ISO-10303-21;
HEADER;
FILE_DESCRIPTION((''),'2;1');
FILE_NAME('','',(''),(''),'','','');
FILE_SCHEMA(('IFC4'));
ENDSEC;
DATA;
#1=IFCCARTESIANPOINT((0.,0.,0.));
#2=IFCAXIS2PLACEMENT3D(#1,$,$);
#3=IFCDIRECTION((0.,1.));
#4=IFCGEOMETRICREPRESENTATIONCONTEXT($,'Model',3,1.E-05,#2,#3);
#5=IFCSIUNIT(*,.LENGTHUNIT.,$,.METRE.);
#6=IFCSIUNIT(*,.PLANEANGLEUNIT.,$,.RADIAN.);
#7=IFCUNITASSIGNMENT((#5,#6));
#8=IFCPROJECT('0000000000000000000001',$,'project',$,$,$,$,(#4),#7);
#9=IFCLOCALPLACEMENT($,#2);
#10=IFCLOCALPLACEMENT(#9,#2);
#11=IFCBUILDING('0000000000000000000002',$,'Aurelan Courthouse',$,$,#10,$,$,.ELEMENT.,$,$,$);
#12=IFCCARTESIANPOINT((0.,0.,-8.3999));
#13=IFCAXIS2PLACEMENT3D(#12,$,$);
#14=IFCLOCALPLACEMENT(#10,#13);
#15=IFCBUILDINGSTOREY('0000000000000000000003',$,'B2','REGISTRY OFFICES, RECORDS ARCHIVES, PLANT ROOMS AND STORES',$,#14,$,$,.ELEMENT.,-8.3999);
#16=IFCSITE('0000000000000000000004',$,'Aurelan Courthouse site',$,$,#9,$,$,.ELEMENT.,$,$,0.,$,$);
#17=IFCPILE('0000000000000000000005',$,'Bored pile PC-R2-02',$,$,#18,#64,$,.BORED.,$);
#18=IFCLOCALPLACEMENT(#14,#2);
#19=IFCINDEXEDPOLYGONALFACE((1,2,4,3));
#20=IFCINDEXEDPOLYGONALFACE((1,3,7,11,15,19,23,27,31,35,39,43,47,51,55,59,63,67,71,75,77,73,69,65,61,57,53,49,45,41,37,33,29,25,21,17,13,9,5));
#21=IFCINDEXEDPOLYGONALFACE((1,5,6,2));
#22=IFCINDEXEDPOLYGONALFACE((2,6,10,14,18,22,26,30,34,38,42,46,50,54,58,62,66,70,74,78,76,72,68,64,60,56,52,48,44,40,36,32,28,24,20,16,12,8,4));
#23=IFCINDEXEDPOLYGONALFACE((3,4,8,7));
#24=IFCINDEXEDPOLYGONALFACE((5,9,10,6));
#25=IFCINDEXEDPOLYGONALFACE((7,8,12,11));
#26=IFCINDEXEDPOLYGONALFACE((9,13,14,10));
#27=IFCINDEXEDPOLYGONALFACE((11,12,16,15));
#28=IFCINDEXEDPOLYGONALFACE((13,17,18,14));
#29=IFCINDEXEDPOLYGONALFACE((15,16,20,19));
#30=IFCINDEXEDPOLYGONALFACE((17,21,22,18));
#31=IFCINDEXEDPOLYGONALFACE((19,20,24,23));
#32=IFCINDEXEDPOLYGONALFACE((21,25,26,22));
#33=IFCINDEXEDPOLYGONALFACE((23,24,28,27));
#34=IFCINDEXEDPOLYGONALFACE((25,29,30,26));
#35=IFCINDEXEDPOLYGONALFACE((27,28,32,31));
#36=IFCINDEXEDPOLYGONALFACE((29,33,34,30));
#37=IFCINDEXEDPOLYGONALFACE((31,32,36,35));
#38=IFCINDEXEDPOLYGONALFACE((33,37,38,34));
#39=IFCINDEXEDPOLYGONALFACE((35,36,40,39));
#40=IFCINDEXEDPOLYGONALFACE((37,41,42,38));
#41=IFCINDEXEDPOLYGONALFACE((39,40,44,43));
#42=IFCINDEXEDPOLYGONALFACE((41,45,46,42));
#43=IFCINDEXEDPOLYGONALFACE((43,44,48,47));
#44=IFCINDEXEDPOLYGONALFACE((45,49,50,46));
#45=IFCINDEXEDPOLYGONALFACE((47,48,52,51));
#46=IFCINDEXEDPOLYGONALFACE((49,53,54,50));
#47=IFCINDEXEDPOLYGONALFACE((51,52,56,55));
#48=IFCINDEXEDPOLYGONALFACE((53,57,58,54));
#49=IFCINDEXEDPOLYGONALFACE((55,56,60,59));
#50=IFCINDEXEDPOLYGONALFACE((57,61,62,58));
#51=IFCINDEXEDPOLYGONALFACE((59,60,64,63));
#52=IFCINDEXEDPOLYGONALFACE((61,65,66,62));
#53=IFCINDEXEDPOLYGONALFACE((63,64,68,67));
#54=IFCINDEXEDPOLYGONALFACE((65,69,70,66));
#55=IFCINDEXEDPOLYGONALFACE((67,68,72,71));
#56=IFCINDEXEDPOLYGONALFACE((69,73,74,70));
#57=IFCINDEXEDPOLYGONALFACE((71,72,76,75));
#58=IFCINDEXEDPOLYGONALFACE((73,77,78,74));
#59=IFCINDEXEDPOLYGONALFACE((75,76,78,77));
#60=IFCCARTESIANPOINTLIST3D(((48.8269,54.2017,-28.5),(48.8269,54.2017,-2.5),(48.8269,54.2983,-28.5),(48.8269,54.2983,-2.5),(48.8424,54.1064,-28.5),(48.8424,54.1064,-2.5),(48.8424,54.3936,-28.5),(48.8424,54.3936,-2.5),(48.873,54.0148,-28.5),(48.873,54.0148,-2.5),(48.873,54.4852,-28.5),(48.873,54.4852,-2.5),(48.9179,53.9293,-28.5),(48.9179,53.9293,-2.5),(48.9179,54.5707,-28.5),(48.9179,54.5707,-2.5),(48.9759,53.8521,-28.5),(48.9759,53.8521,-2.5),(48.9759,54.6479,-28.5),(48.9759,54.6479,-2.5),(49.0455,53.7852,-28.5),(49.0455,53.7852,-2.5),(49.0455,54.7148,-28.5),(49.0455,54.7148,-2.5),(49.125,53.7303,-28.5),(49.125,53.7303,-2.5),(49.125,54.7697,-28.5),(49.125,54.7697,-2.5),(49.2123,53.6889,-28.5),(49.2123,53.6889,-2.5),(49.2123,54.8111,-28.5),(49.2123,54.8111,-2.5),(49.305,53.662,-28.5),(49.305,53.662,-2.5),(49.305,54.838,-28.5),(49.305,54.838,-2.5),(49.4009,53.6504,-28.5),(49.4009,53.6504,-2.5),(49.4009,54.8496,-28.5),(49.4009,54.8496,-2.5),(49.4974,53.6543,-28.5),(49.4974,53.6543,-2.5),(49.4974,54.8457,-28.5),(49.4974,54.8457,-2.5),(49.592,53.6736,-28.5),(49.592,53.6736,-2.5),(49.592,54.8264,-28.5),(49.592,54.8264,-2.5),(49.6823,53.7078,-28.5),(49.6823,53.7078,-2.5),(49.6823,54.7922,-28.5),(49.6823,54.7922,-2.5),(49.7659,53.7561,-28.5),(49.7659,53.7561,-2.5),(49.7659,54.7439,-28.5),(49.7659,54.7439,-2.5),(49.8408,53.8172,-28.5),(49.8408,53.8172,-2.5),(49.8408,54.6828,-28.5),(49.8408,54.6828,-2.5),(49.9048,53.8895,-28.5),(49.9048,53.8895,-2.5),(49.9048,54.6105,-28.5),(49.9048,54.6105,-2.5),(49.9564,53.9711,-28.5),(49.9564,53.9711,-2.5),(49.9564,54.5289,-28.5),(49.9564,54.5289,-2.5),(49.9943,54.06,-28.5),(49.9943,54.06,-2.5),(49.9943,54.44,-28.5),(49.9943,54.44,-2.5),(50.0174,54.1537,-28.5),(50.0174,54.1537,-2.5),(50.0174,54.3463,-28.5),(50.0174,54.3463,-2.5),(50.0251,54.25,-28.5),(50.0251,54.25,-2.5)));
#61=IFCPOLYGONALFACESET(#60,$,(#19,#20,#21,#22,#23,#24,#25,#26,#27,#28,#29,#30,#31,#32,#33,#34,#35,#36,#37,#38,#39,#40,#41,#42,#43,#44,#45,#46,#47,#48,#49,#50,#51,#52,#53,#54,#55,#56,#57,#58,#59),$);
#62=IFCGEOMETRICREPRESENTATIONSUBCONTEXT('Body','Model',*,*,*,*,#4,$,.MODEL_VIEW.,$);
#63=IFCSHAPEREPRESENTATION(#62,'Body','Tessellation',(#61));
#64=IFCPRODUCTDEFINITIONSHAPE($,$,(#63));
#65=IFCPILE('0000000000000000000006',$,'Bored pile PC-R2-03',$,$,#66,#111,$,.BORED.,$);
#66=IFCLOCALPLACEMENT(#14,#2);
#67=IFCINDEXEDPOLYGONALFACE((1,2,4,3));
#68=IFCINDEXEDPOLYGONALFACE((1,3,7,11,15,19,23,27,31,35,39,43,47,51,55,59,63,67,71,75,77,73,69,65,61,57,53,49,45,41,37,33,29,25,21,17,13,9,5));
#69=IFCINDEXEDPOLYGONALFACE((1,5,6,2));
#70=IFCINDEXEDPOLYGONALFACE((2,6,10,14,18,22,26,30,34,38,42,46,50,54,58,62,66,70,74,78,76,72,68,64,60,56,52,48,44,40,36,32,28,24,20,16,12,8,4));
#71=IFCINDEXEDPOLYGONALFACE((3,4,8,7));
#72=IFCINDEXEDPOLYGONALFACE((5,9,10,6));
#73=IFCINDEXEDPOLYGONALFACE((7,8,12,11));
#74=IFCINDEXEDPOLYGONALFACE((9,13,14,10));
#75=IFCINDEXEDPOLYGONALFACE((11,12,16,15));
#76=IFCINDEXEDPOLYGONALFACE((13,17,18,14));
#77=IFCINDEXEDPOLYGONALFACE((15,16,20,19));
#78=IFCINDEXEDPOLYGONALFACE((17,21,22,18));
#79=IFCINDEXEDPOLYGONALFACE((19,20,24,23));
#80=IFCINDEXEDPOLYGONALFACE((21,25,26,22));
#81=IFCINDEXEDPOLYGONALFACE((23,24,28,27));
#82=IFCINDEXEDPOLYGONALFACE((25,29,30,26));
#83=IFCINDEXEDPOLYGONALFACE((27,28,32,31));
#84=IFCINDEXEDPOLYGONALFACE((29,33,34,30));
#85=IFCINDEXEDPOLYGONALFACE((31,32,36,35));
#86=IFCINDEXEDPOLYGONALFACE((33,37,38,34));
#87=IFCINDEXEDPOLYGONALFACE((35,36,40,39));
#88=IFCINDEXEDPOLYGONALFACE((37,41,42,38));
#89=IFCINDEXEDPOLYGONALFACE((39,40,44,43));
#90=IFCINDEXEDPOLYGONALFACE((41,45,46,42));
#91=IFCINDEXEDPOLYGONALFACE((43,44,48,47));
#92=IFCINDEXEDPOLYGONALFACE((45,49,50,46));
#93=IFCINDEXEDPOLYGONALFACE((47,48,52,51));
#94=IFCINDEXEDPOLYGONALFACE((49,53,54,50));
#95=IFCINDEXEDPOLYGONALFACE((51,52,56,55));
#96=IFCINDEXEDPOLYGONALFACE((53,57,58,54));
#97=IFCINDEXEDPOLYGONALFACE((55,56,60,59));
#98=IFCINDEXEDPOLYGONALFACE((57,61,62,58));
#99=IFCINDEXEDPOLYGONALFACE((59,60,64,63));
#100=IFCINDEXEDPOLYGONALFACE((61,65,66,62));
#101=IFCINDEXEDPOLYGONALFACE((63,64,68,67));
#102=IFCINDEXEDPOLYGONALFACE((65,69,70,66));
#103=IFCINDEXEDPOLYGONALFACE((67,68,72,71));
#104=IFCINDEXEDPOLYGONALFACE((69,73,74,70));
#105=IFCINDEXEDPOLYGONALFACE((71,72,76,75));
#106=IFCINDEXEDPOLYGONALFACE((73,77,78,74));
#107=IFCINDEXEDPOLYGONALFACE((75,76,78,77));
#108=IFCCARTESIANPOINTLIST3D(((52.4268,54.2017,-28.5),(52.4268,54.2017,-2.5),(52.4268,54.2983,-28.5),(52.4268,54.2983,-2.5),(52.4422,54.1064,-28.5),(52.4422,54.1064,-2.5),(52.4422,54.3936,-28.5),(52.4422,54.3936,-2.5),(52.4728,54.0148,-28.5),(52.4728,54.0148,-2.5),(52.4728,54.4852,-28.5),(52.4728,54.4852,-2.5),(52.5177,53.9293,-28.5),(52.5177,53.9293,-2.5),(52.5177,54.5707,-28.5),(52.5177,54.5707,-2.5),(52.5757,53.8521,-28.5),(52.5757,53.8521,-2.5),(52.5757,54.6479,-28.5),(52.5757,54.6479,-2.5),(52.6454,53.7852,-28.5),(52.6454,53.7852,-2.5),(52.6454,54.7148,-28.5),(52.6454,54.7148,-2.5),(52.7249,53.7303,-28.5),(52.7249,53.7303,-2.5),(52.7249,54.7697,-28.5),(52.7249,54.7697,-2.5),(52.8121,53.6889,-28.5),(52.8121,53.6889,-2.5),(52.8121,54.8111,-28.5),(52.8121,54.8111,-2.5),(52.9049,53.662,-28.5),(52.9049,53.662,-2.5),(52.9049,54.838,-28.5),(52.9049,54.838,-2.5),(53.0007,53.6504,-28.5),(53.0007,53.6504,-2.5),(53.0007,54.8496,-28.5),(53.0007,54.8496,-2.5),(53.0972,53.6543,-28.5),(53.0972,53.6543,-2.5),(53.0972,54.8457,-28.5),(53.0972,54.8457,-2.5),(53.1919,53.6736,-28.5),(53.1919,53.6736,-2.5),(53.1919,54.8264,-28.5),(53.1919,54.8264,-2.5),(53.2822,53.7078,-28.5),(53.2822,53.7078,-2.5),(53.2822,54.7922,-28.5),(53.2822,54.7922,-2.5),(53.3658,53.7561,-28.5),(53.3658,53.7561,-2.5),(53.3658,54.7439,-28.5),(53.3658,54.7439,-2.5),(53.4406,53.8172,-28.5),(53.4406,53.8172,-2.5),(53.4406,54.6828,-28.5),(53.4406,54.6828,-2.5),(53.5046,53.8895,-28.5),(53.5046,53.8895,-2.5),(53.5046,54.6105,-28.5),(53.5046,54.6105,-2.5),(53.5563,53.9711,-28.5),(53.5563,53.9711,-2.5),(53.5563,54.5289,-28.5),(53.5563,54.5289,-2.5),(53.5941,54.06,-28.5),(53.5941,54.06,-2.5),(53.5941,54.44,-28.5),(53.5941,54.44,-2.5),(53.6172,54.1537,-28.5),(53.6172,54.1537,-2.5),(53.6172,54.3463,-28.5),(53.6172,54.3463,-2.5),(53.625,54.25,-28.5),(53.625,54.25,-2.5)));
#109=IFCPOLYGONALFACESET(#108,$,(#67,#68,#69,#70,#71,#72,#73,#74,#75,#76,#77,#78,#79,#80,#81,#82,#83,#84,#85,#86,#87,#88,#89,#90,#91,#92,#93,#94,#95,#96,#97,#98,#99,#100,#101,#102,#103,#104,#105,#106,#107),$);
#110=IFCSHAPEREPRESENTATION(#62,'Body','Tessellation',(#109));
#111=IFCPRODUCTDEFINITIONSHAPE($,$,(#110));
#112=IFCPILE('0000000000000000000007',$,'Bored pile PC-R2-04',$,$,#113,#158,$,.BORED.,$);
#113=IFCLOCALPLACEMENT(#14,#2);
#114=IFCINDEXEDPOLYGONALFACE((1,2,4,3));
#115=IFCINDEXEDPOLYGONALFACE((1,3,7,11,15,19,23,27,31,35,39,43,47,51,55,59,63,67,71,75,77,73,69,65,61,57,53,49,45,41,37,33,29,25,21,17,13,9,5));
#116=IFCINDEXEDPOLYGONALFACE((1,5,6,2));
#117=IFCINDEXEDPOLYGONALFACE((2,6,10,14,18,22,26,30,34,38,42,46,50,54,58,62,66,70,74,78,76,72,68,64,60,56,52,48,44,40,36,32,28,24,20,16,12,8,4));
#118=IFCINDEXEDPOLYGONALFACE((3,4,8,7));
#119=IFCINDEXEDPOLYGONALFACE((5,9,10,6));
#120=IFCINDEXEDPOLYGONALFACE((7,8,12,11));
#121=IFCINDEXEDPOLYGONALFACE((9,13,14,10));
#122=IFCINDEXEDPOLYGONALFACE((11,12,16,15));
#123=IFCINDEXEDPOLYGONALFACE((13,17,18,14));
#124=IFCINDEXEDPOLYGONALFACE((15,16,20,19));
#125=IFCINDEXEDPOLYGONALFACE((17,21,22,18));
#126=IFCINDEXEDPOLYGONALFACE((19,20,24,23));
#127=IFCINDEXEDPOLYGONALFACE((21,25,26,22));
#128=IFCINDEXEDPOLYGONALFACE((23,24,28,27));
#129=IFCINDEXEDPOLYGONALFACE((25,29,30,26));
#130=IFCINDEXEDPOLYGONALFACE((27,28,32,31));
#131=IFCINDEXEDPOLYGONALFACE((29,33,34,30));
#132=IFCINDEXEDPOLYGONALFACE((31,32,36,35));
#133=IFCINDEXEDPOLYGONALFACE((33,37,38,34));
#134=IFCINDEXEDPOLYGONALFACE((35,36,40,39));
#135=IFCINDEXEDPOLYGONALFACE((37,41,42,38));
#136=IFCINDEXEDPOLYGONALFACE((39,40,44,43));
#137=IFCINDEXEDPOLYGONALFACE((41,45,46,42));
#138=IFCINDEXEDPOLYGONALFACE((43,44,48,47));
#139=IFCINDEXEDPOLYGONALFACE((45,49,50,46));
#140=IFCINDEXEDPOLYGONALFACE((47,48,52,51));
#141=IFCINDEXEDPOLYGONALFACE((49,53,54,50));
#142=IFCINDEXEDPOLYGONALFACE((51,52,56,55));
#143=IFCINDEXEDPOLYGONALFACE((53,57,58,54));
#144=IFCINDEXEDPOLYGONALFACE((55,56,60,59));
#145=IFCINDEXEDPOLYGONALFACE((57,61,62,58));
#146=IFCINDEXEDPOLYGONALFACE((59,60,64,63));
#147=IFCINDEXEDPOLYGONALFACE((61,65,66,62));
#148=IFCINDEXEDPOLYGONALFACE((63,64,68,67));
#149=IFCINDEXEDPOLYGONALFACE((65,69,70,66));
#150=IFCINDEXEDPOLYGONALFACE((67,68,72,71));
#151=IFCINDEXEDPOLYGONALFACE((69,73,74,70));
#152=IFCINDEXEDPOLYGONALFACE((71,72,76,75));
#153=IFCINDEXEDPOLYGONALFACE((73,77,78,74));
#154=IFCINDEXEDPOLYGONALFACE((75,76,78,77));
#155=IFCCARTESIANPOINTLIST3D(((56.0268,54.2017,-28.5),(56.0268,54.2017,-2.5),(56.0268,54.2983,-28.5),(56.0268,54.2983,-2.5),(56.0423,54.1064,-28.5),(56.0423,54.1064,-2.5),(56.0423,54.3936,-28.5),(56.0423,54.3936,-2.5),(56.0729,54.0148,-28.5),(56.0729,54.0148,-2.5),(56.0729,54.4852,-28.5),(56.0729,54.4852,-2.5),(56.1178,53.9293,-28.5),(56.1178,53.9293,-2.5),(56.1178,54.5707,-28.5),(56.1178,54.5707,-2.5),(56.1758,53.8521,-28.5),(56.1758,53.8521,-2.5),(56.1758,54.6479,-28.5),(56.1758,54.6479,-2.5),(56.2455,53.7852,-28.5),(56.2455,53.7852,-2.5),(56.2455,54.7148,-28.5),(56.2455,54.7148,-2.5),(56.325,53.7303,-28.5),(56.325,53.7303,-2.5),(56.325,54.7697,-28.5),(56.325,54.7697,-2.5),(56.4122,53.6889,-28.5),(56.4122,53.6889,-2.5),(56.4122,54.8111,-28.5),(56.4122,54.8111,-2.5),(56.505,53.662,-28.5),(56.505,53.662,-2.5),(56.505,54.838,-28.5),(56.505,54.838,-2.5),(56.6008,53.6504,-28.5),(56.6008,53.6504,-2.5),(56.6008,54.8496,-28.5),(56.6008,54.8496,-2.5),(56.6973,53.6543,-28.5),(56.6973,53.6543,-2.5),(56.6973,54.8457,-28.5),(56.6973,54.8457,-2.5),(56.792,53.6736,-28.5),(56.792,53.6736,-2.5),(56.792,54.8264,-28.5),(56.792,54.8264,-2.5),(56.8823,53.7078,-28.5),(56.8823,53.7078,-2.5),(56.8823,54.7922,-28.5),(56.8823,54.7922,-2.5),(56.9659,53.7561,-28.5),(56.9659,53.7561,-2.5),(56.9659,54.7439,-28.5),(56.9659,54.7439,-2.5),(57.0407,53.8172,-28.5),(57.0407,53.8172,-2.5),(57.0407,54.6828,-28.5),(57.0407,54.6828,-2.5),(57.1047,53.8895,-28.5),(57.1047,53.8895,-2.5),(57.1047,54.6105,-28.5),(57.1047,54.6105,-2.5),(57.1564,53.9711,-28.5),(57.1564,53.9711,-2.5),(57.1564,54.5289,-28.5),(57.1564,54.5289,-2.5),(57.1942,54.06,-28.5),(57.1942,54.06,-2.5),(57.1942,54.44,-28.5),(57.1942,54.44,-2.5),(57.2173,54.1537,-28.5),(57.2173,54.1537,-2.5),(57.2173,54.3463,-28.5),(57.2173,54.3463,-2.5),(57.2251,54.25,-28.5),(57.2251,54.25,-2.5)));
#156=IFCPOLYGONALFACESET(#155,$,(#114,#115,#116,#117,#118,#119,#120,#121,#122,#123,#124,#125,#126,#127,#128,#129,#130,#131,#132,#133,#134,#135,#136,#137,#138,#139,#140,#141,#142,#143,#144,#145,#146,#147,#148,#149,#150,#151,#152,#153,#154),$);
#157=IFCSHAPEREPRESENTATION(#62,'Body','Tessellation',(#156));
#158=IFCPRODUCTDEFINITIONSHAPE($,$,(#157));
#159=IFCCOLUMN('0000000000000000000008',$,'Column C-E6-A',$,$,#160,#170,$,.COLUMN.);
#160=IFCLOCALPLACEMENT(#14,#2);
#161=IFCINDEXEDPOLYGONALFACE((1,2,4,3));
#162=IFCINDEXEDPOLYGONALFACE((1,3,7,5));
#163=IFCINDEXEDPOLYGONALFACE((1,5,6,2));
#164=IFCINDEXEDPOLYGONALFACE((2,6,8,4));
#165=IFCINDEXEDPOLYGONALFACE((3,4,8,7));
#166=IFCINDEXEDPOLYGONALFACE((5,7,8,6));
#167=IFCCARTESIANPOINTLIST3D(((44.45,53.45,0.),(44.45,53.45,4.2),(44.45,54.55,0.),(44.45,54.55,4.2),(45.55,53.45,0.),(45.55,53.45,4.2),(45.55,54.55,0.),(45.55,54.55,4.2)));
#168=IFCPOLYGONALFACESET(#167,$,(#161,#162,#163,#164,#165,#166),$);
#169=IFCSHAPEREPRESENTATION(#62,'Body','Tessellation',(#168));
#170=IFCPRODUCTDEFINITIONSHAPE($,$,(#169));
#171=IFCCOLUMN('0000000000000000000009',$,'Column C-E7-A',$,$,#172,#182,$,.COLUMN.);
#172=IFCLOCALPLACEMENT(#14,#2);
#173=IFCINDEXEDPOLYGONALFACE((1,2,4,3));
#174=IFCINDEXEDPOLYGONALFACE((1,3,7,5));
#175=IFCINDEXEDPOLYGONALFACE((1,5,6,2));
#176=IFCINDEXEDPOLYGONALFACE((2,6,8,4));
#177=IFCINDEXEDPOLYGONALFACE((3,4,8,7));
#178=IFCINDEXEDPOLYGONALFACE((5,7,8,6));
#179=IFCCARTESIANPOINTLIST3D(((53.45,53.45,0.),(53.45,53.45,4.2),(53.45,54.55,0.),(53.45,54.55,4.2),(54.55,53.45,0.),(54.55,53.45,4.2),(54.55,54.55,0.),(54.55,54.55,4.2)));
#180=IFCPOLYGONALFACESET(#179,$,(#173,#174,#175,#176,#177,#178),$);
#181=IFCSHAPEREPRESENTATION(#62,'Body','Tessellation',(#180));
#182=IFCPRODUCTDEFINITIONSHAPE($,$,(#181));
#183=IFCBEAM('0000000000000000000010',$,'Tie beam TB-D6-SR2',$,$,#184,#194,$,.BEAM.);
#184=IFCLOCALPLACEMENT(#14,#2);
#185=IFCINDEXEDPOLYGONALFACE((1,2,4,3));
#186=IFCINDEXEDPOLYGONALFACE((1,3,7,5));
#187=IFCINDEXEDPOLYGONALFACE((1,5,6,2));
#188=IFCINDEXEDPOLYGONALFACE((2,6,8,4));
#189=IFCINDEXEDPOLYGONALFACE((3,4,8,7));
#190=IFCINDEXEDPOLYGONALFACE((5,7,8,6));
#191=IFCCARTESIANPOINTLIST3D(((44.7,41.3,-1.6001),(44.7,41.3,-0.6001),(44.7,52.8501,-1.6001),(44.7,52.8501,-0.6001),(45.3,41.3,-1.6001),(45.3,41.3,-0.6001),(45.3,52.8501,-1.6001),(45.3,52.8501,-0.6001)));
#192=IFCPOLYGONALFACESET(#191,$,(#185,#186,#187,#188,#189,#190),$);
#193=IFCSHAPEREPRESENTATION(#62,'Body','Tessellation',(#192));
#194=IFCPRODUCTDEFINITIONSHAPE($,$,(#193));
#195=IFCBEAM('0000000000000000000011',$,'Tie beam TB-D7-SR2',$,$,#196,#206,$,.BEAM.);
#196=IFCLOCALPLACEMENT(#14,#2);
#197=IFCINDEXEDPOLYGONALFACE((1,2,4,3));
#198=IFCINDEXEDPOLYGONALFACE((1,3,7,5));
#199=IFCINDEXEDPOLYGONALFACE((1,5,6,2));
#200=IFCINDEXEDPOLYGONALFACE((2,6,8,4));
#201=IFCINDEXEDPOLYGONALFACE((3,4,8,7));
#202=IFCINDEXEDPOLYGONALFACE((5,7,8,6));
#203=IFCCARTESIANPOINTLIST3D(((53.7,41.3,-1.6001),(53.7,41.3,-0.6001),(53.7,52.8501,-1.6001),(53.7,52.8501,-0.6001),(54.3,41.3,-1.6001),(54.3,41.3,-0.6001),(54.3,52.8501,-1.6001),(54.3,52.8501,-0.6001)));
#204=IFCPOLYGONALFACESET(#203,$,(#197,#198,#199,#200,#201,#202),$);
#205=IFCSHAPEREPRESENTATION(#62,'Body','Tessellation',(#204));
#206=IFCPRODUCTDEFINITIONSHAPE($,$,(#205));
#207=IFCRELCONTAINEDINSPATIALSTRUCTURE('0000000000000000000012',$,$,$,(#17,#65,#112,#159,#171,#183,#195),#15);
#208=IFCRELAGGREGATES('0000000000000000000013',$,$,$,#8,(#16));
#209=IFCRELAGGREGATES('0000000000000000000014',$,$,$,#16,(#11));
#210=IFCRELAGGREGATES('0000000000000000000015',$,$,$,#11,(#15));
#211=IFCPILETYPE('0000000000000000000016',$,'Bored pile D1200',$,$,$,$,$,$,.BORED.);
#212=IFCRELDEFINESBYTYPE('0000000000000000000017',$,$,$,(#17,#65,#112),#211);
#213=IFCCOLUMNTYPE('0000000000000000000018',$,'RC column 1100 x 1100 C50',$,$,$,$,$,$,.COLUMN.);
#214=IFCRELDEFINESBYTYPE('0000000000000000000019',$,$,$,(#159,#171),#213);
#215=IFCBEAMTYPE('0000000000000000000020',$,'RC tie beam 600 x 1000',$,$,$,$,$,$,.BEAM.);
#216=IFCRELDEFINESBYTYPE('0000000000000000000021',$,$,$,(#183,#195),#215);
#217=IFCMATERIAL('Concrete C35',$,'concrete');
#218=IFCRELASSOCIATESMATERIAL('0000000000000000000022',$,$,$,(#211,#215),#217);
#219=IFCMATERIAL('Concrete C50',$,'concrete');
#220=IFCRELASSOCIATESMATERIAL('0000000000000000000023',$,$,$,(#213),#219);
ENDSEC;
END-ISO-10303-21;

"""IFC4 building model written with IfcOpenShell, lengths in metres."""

from ifc_helpers import new_model, si_unit, direction, frame, origin, origin_2d, place, context, subcontext, project, spatial, rectangle, circle, extrude, material, material_profile, profile_set, type_object, element, save


model = new_model("IFC4")

# Units and contexts
model_context = context("Model", 3, precision=1e-05, world=origin(), true_north=direction((0.0, 1.0)))
body_context = subcontext(model_context, "Body", "Model", "MODEL_VIEW")
ifc_project = project(units=[si_unit("LENGTHUNIT", "METRE"), si_unit("PLANEANGLEUNIT", "RADIAN")], contexts=[model_context])

# Site, building, storey
site_placement = place(None, origin())
site = spatial("IfcSite", under=ifc_project, at=site_placement, Name="Aurelan Courthouse site", CompositionType="ELEMENT", RefElevation=0.0)
building_placement = place(site_placement, origin())
building = spatial("IfcBuilding", under=site, at=building_placement, Name="Aurelan Courthouse", CompositionType="ELEMENT")
storey_placement = place(building_placement, frame((0.0, 0.0, -8.3999)))
storey = spatial("IfcBuildingStorey", under=building, at=storey_placement, Name="B2", Description="REGISTRY OFFICES, RECORDS ARCHIVES, PLANT ROOMS AND STORES", CompositionType="ELEMENT", Elevation=-8.3999)

# Piles
ifc_material_1 = material(Name="Concrete C35", Category="concrete")
ifc_material_profile_1 = material_profile(ifc_material_1, circle(Radius=0.6001, at=origin_2d()), Name="D1200")
ifc_profile_set_1 = profile_set([ifc_material_profile_1], Name="Concrete C35")
pile_type_1 = type_object("IfcPileType", Name="Bored pile D1200", PredefinedType="BORED", material=ifc_profile_set_1)
for number, where, z_axis, x_axis, name in (
    (1, (49.425, 54.25, -2.5), (0.0, 0.0, -1.0), (1.0, 0.0, 0.0), "Bored pile PC-R2-02"),
    (2, (53.0249, 54.25, -2.5), (0.0, 0.0, -1.0), (1.0, 0.0, 0.0), "Bored pile PC-R2-03"),
    (3, (56.625, 54.25, -2.5), (0.0, 0.0, -1.0), (1.0, 0.0, 0.0), "Bored pile PC-R2-04"),
):
    element("IfcPile", number, at=place(storey_placement, frame(where, z_axis=z_axis, x_axis=x_axis)), inside=storey, type_object=pile_type_1, Name=name, PredefinedType="BORED", context=body_context, shape_type="SweptSolid", body=[
        extrude(circle(Radius=0.6001, at=origin_2d()), origin(), (0.0, 0.0, 1.0), 26.0),
    ])

# Columns
ifc_material_2 = material(Name="Concrete C50", Category="concrete")
ifc_material_profile_2 = material_profile(ifc_material_2, rectangle(XDim=1.1001, YDim=1.1001, at=origin_2d()), Name="RC 1100 x 1100")
ifc_profile_set_2 = profile_set([ifc_material_profile_2], Name="Concrete C50")
column_type = type_object("IfcColumnType", Name="RC column 1100 x 1100 C50", PredefinedType="COLUMN", material=ifc_profile_set_2)
for number, where, z_axis, x_axis, name in (
    (4, (45.0, 54.0, 0.0), (0.0, 0.0, 1.0), (1.0, 0.0, 0.0), "Column C-E6-A"),
    (5, (54.0, 54.0, 0.0), (0.0, 0.0, 1.0), (1.0, 0.0, 0.0), "Column C-E7-A"),
):
    element("IfcColumn", number, at=place(storey_placement, frame(where, z_axis=z_axis, x_axis=x_axis)), inside=storey, type_object=column_type, Name=name, PredefinedType="COLUMN", context=body_context, shape_type="SweptSolid", body=[
        extrude(rectangle(XDim=1.1001, YDim=1.1001, at=origin_2d()), origin(), (0.0, 0.0, 1.0), 4.2),
    ])

# Beams
ifc_material_profile_3 = material_profile(ifc_material_1, rectangle(XDim=0.6001, YDim=1.0, at=origin_2d()), Name="RC 600 x 1000")
ifc_profile_set_3 = profile_set([ifc_material_profile_3], Name="Concrete C35")
beam_type = type_object("IfcBeamType", Name="RC tie beam 600 x 1000", PredefinedType="BEAM", material=ifc_profile_set_3)
for number, where, z_axis, x_axis, name in (
    (6, (45.0, 41.3, -1.1001), (0.0, 1.0, 0.0), (-1.0, 0.0, 0.0), "Tie beam TB-D6-SR2"),
    (7, (54.0, 41.3, -1.1001), (0.0, 1.0, 0.0), (-1.0, 0.0, 0.0), "Tie beam TB-D7-SR2"),
):
    element("IfcBeam", number, at=place(storey_placement, frame(where, z_axis=z_axis, x_axis=x_axis)), inside=storey, type_object=beam_type, Name=name, PredefinedType="BEAM", context=body_context, shape_type="SweptSolid", body=[
        extrude(rectangle(XDim=0.6001, YDim=1.0, at=origin_2d()), origin(), (0.0, 0.0, 1.0), 11.55),
    ])

save(model, "model.ifc")
